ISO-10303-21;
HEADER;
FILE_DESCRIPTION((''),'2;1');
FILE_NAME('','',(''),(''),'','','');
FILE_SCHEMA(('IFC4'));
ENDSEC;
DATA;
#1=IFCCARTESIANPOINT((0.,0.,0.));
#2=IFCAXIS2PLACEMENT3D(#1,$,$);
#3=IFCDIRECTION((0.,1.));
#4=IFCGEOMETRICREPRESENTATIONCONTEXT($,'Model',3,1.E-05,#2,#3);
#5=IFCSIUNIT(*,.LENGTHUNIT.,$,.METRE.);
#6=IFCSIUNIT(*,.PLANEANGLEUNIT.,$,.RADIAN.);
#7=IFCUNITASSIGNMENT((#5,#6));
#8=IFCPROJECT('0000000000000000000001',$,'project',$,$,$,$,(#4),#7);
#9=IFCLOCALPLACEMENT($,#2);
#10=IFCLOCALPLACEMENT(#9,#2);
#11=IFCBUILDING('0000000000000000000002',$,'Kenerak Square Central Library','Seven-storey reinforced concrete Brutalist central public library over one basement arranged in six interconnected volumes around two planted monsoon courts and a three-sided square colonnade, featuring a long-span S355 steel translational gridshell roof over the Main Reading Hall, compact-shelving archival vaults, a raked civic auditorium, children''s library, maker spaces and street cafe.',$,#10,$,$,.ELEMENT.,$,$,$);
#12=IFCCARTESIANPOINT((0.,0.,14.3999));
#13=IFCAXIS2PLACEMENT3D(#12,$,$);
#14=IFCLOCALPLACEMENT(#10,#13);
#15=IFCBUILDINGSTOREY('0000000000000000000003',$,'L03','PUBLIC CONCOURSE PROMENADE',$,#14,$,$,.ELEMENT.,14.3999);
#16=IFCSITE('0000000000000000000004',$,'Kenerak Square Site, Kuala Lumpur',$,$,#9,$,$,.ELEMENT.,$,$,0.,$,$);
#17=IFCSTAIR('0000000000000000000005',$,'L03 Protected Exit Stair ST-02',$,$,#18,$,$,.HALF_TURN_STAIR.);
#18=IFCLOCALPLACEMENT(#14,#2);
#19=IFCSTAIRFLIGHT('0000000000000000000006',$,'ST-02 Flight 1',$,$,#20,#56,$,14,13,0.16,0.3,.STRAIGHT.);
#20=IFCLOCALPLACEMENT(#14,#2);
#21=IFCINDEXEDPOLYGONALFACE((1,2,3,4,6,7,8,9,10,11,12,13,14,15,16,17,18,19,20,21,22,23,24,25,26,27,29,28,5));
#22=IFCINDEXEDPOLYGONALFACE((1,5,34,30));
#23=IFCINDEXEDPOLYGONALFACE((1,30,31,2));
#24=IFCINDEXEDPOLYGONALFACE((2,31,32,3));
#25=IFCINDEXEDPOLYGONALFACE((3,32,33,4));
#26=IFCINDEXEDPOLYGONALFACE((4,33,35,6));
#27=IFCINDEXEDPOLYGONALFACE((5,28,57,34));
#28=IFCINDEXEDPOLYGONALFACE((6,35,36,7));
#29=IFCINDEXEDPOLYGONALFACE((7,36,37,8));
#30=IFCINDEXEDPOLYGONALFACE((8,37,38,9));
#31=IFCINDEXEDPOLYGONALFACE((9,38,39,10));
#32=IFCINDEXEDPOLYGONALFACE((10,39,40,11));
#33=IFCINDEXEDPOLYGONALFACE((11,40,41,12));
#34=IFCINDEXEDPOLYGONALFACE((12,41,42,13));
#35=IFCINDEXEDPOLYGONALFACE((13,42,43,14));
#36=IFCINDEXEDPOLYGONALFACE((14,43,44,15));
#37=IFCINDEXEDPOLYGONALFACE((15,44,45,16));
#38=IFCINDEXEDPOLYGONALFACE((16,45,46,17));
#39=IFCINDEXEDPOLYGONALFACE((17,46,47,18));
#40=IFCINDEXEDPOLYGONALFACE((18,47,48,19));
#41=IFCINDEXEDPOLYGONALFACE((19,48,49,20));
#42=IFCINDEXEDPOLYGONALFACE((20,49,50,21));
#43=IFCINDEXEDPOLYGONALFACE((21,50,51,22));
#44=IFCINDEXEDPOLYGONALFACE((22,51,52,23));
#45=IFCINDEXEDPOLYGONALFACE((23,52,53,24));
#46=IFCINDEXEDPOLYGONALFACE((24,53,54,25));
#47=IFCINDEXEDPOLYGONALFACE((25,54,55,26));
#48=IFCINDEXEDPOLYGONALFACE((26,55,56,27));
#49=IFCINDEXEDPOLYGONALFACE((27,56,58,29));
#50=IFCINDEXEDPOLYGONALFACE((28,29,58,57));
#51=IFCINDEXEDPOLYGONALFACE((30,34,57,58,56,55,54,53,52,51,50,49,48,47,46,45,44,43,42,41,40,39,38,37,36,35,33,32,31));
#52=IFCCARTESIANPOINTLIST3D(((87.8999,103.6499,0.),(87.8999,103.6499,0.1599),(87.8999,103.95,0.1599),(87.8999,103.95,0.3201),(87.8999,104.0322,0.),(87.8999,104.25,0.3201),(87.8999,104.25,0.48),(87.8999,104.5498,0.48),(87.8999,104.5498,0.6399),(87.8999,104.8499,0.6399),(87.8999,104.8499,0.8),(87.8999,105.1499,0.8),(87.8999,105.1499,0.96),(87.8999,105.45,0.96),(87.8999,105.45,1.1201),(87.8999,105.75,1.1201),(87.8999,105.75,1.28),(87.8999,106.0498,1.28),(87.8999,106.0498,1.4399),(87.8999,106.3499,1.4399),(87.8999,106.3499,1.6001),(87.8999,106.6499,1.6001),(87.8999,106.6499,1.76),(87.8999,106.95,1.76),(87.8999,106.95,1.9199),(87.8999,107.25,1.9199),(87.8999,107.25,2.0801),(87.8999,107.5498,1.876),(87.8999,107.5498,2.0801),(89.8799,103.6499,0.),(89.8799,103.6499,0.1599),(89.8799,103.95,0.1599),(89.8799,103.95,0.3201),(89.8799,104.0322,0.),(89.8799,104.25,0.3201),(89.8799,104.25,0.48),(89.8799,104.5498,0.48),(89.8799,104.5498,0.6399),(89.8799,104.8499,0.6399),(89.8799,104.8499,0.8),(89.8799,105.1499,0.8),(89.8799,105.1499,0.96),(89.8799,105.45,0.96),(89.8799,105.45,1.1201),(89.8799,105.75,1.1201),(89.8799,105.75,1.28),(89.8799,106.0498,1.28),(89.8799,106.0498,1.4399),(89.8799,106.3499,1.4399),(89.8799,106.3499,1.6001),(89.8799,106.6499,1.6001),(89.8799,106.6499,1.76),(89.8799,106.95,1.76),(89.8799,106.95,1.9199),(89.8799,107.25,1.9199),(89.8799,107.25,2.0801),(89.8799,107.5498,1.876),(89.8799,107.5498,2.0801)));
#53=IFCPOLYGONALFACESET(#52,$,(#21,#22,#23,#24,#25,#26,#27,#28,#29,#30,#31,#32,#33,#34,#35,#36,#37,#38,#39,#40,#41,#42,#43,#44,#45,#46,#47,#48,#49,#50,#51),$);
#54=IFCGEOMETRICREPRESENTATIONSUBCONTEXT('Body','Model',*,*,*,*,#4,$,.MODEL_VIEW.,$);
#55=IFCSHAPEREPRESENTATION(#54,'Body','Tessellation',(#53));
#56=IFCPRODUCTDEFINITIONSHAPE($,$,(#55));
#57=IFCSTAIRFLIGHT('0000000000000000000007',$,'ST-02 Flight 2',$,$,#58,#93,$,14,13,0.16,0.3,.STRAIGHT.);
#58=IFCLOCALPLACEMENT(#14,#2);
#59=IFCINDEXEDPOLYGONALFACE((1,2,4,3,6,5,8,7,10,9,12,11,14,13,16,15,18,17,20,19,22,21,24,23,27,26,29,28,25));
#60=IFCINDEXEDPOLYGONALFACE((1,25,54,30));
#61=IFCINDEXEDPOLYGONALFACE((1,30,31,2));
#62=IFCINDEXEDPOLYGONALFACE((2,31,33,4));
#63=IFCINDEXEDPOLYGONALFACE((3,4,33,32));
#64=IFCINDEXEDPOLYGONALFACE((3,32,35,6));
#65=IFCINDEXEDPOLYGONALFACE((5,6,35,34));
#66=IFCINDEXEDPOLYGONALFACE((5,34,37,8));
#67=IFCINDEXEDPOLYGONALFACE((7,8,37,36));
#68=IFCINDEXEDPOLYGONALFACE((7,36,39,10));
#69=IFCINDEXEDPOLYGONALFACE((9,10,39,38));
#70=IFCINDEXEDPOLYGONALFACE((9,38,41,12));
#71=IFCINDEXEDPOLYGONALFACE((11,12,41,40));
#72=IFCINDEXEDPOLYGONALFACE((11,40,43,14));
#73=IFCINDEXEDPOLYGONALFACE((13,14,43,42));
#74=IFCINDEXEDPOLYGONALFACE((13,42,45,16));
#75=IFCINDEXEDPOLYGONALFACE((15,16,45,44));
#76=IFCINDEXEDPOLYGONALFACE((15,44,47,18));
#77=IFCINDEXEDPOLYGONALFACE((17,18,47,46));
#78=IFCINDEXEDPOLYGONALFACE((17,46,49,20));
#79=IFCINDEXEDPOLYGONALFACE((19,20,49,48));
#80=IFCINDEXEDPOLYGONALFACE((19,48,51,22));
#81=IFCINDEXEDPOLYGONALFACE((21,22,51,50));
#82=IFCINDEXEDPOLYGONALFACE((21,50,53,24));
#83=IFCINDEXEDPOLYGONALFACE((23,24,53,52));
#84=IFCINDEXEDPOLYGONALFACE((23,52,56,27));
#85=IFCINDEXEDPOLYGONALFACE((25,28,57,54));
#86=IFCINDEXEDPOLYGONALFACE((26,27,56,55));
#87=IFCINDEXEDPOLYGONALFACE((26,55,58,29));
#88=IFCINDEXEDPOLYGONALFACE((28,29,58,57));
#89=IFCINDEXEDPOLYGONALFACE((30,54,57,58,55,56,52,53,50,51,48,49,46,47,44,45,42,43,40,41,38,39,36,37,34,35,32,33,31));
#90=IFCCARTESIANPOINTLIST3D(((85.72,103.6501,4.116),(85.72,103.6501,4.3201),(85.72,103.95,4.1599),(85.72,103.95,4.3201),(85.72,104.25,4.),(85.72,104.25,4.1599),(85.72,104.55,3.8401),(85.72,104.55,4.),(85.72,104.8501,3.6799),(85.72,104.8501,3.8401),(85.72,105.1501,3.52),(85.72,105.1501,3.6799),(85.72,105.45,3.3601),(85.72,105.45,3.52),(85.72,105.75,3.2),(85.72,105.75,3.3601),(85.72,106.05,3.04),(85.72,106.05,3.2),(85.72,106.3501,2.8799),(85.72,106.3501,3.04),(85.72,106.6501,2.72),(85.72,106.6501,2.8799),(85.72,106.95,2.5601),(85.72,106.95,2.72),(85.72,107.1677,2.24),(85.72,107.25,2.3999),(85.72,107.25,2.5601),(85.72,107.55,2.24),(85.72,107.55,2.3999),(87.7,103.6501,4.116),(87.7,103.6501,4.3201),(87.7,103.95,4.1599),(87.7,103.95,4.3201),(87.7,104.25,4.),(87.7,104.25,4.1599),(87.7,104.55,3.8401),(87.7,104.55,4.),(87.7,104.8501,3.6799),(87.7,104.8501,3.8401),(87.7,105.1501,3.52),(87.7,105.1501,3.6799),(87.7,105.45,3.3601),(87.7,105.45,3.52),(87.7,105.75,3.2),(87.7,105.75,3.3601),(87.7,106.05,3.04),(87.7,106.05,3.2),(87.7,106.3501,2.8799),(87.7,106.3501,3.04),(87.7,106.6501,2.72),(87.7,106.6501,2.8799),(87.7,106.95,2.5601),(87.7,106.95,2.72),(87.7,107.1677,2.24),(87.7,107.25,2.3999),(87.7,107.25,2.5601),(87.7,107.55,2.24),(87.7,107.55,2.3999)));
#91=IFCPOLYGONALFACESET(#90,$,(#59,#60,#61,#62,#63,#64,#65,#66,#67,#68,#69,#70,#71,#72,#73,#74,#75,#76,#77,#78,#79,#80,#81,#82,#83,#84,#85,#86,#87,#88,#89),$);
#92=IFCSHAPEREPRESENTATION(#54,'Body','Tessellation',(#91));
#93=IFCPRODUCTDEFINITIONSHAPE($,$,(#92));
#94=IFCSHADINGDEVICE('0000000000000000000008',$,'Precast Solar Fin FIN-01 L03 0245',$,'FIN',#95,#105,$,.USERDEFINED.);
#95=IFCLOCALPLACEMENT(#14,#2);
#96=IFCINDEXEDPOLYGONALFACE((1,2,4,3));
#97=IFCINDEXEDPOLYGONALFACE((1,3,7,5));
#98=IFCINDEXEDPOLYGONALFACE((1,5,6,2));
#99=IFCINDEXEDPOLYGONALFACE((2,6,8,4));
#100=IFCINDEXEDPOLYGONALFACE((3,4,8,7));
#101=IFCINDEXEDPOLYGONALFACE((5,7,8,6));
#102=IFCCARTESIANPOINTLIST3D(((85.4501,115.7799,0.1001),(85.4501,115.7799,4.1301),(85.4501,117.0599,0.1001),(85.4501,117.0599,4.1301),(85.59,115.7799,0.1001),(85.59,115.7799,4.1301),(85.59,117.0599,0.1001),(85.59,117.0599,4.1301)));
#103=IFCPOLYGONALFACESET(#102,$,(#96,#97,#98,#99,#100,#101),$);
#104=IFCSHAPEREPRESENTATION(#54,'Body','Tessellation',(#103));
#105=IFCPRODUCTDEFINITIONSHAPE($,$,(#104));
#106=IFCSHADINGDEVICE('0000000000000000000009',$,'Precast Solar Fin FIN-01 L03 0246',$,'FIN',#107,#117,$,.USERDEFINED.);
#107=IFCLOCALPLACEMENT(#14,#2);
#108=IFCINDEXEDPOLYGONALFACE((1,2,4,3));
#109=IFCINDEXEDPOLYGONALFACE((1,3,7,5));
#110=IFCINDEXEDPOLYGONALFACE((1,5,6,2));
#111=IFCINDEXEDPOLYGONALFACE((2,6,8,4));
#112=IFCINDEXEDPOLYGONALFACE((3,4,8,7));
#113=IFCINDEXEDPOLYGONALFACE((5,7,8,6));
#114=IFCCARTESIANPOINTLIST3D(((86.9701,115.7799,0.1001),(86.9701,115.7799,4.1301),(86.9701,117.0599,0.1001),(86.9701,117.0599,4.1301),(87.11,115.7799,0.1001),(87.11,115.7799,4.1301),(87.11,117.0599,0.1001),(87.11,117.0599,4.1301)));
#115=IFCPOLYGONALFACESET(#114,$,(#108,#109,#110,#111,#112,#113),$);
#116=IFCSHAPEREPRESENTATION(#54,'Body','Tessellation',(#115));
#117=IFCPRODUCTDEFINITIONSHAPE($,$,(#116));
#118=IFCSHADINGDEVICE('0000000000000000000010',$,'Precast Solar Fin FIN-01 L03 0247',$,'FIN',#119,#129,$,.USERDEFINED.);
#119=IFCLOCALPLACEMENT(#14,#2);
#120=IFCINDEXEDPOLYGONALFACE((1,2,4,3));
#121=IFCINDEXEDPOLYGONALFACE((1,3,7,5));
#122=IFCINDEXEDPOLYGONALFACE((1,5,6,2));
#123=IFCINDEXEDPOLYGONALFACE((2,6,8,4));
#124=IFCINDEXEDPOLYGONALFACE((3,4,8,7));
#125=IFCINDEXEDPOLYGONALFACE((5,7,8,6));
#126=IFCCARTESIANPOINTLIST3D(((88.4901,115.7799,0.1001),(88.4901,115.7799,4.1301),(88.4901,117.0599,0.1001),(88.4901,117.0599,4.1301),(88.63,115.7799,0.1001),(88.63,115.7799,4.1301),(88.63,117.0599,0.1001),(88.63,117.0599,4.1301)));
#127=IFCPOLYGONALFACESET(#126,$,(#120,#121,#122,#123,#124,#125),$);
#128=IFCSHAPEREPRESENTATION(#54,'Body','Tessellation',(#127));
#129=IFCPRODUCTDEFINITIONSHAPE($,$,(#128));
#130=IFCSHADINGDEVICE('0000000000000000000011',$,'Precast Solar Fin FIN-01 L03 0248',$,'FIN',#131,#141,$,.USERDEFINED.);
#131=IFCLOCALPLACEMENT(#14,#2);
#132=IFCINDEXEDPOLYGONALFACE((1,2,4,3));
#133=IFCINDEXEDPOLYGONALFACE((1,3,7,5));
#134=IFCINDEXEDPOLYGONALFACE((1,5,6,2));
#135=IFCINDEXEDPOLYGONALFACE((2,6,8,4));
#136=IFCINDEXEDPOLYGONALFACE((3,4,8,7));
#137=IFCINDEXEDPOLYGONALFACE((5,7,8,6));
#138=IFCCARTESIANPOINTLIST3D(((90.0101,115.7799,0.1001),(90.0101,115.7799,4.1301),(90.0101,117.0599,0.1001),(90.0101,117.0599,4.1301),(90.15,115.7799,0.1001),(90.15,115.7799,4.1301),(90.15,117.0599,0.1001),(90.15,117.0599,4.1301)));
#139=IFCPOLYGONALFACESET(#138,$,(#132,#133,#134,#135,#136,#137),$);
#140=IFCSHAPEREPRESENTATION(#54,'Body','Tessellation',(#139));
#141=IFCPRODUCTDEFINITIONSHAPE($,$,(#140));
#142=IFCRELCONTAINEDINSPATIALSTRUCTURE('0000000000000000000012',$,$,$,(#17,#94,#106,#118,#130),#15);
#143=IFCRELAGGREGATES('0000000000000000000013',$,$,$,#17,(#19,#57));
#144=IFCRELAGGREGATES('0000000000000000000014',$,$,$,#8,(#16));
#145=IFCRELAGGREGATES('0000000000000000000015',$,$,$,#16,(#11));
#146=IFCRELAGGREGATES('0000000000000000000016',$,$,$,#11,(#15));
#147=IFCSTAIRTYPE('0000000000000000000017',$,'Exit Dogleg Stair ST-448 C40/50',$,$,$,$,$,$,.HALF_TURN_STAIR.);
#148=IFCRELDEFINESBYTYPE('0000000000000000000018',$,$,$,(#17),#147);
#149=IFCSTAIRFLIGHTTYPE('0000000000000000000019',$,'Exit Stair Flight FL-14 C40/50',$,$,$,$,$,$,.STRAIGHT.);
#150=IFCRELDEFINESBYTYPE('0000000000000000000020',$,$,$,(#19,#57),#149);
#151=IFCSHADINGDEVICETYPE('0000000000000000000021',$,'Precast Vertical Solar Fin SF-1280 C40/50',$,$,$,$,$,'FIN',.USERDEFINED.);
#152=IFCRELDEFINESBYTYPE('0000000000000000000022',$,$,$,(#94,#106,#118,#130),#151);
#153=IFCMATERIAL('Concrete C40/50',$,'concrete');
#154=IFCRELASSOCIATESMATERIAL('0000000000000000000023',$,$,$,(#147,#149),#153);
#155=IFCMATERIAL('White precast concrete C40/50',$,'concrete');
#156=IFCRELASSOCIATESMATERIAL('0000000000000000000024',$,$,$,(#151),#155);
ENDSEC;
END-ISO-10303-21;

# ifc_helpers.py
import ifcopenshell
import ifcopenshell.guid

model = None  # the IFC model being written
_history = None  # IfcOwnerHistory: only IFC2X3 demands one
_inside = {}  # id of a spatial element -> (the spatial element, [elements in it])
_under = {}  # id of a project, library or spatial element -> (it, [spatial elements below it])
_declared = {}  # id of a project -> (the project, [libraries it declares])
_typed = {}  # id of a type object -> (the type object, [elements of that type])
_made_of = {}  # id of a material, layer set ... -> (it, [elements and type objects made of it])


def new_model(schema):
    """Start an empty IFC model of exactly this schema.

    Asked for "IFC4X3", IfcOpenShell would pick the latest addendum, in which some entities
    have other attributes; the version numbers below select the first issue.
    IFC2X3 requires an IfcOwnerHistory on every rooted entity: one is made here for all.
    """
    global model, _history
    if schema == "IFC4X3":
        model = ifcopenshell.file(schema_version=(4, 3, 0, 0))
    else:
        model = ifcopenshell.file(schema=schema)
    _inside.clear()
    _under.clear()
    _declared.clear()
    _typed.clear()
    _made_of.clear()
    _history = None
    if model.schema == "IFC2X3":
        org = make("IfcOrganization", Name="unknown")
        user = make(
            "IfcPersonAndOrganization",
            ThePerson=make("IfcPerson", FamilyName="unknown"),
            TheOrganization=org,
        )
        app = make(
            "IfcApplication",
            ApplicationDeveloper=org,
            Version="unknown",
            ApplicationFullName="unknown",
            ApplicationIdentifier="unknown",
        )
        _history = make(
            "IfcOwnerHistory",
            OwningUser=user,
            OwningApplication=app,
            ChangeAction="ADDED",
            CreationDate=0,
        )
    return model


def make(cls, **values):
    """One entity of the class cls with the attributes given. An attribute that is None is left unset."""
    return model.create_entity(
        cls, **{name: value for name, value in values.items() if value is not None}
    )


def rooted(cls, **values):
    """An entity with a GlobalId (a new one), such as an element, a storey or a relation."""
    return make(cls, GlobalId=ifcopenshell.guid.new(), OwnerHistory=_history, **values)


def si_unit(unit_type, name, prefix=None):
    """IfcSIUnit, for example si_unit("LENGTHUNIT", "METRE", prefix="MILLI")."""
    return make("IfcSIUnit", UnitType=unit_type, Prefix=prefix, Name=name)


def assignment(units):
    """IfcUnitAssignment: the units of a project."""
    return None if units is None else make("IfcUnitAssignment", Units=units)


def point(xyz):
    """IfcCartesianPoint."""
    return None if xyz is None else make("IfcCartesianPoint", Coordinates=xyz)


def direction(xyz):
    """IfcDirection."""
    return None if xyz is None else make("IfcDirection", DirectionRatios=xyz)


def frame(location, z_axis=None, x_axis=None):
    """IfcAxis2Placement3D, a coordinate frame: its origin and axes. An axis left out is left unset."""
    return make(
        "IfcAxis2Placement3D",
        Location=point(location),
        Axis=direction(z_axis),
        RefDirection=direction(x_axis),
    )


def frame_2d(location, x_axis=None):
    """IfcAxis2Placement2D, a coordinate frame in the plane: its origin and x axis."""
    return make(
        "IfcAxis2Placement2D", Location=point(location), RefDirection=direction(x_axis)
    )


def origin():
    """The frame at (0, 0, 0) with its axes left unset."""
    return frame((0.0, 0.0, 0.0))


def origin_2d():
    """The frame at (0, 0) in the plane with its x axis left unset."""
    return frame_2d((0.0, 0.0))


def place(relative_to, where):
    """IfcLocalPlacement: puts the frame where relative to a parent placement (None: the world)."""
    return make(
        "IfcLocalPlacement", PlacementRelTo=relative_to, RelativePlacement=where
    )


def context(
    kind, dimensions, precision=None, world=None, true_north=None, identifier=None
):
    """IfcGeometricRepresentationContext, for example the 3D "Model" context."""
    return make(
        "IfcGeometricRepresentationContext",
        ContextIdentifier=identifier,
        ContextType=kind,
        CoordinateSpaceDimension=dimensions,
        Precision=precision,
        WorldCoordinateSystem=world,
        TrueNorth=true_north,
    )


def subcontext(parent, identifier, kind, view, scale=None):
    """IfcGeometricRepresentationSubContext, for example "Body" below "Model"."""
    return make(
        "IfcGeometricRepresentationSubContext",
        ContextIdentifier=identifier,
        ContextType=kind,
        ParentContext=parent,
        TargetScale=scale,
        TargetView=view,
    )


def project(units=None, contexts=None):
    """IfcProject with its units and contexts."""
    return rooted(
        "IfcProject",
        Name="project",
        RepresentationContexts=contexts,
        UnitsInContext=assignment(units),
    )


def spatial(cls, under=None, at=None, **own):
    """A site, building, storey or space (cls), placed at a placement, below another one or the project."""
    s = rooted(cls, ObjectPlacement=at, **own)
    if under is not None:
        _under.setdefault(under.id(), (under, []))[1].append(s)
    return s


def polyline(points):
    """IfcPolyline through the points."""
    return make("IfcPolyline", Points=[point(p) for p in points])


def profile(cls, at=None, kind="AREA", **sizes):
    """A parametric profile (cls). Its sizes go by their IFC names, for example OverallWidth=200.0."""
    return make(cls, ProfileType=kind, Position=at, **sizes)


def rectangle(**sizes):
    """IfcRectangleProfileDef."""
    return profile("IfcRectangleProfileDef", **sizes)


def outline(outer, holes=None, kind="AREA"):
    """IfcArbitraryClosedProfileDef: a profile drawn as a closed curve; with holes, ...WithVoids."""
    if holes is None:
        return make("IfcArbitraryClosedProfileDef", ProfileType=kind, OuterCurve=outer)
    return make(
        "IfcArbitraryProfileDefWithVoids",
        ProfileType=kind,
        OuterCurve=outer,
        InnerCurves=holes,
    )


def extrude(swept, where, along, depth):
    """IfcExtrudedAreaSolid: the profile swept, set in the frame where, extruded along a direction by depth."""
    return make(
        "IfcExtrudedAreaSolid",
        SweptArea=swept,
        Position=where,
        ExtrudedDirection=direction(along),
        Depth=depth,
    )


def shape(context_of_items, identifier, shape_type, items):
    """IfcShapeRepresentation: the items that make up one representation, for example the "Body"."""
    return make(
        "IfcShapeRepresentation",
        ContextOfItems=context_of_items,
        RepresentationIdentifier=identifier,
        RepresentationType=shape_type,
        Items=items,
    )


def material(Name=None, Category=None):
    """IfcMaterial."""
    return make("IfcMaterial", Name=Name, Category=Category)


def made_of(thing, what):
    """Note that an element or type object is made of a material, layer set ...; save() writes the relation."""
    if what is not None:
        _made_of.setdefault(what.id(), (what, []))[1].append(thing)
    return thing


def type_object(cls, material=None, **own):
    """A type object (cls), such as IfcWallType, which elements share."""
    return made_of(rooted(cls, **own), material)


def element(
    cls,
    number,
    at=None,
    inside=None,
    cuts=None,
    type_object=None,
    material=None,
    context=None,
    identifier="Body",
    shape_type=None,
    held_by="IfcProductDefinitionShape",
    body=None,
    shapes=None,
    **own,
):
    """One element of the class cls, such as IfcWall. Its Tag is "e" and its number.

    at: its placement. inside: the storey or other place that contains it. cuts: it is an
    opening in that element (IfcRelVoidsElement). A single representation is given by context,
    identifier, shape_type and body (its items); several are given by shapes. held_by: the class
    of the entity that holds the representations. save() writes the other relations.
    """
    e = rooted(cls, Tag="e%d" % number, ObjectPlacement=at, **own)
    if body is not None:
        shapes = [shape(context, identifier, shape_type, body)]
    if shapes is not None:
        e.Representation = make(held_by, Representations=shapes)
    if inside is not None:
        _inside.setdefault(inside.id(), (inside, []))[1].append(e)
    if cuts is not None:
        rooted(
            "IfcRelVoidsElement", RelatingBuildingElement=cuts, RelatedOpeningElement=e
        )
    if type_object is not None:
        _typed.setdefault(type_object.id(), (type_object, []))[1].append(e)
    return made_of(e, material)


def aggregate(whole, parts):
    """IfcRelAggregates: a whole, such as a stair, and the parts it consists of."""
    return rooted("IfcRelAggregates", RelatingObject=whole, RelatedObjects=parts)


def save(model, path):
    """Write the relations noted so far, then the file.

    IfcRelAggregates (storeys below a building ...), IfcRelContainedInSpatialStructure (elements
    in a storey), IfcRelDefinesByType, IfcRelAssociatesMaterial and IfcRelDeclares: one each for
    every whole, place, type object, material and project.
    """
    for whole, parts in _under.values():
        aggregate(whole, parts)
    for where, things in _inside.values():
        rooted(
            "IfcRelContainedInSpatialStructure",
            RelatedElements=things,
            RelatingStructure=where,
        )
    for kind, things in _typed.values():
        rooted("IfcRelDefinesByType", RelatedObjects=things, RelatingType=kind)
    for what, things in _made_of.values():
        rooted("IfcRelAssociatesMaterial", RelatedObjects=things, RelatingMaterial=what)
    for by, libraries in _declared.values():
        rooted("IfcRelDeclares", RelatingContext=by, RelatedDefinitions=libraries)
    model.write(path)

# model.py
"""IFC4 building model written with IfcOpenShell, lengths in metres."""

from ifc_helpers import new_model, si_unit, direction, frame, origin, origin_2d, place, context, subcontext, project, spatial, polyline, rectangle, outline, extrude, material, type_object, element, aggregate, save


model = new_model("IFC4")

# Units and contexts
model_context = context("Model", 3, precision=1e-05, world=origin(), true_north=direction((0.0, 1.0)))
body_context = subcontext(model_context, "Body", "Model", "MODEL_VIEW")
ifc_project = project(units=[si_unit("LENGTHUNIT", "METRE"), si_unit("PLANEANGLEUNIT", "RADIAN")], contexts=[model_context])

# Site, building, storey
site_placement = place(None, origin())
site = spatial("IfcSite", under=ifc_project, at=site_placement, Name="Kenerak Square Site, Kuala Lumpur", CompositionType="ELEMENT", RefElevation=0.0)
building_placement = place(site_placement, origin())
building = spatial("IfcBuilding", under=site, at=building_placement, Name="Kenerak Square Central Library", Description="Seven-storey reinforced concrete Brutalist central public library over one basement arranged in six interconnected volumes around two planted monsoon courts and a three-sided square colonnade, featuring a long-span S355 steel translational gridshell roof over the Main Reading Hall, compact-shelving archival vaults, a raked civic auditorium, children's library, maker spaces and street cafe.", CompositionType="ELEMENT")
storey_placement = place(building_placement, frame((0.0, 0.0, 14.3999)))
storey = spatial("IfcBuildingStorey", under=building, at=storey_placement, Name="L03", Description="PUBLIC CONCOURSE PROMENADE", CompositionType="ELEMENT", Elevation=14.3999)

# Shared definitions
ifc_material_1 = material(Name="Concrete C40/50", Category="concrete")

# Stair, stair flights
stair_type = type_object("IfcStairType", Name="Exit Dogleg Stair ST-448 C40/50", PredefinedType="HALF_TURN_STAIR", material=ifc_material_1)
stair_placement = place(storey_placement, origin())
stair = element("IfcStair", 1, at=stair_placement, inside=storey, type_object=stair_type, Name="L03 Protected Exit Stair ST-02", PredefinedType="HALF_TURN_STAIR")
stair_flight_type = type_object("IfcStairFlightType", Name="Exit Stair Flight FL-14 C40/50", PredefinedType="STRAIGHT", material=ifc_material_1)
stair_flight_1_placement = place(storey_placement, frame((88.8899, 103.6499, 0.0), z_axis=(0.0, 0.0, 1.0), x_axis=(0.0, 1.0, 0.0)))
stair_flight_1 = element("IfcStairFlight", 2, at=stair_flight_1_placement, type_object=stair_flight_type, Name="ST-02 Flight 1", NumberOfRisers=14, NumberOfTreads=13, PredefinedType="STRAIGHT", RiserHeight=0.16, TreadLength=0.3, context=body_context, shape_type="SweptSolid", body=[
    extrude(outline(polyline([(0.0, 0.0), (0.0, 0.1599), (0.3, 0.1599), (0.3, 0.3201), (0.6001, 0.3201), (0.6001, 0.48), (0.8999, 0.48), (0.8999, 0.6399), (1.2, 0.6399), (1.2, 0.8), (1.5, 0.8), (1.5, 0.96), (1.8, 0.96), (1.8, 1.1201), (2.1001, 1.1201), (2.1001, 1.28), (2.3999, 1.28), (2.3999, 1.4399), (2.7, 1.4399), (2.7, 1.6001), (3.0, 1.6001), (3.0, 1.76), (3.3, 1.76), (3.3, 1.9199), (3.6001, 1.9199), (3.6001, 2.0801), (3.8999, 2.0801), (3.8999, 2.24), (3.8999, 1.876), (0.3823, 0.0), (0.0, 0.0)])), frame((0.0, 0.99, 0.0), z_axis=(0.0, -1.0, 0.0), x_axis=(1.0, 0.0, 0.0)), (0.0, 0.0, 1.0), 1.98),
])
stair_flight_2_placement = place(storey_placement, frame((86.71, 107.55, 2.24), z_axis=(0.0, 0.0, 1.0), x_axis=(0.0, -1.0, 0.0)))
stair_flight_2 = element("IfcStairFlight", 3, at=stair_flight_2_placement, type_object=stair_flight_type, Name="ST-02 Flight 2", NumberOfRisers=14, NumberOfTreads=13, PredefinedType="STRAIGHT", RiserHeight=0.16, TreadLength=0.3, context=body_context, shape_type="SweptSolid", body=[
    extrude(outline(polyline([(0.0, 0.0), (0.0, 0.1599), (0.3, 0.1599), (0.3, 0.3201), (0.6001, 0.3201), (0.6001, 0.48), (0.8999, 0.48), (0.8999, 0.6399), (1.2, 0.6399), (1.2, 0.8), (1.5, 0.8), (1.5, 0.96), (1.8, 0.96), (1.8, 1.1201), (2.1001, 1.1201), (2.1001, 1.28), (2.3999, 1.28), (2.3999, 1.4399), (2.7, 1.4399), (2.7, 1.6001), (3.0, 1.6001), (3.0, 1.76), (3.3, 1.76), (3.3, 1.9199), (3.6001, 1.9199), (3.6001, 2.0801), (3.8999, 2.0801), (3.8999, 2.24), (3.8999, 1.876), (0.3823, 0.0), (0.0, 0.0)])), frame((0.0, 0.99, 0.0), z_axis=(0.0, -1.0, 0.0), x_axis=(1.0, 0.0, 0.0)), (0.0, 0.0, 1.0), 1.98),
])
aggregate(stair, [stair_flight_1, stair_flight_2])

# Shading devices
ifc_material_2 = material(Name="White precast concrete C40/50", Category="concrete")
shading_device_type = type_object("IfcShadingDeviceType", Name="Precast Vertical Solar Fin SF-1280 C40/50", ElementType="FIN", PredefinedType="USERDEFINED", material=ifc_material_2)
for number, where, z_axis, x_axis, name in (
    (4, (85.52, 116.4199, 0.1001), (0.0, 0.0, 1.0), (1.0, 0.0, 0.0), "Precast Solar Fin FIN-01 L03 0245"),
    (5, (87.04, 116.4199, 0.1001), (0.0, 0.0, 1.0), (1.0, 0.0, 0.0), "Precast Solar Fin FIN-01 L03 0246"),
    (6, (88.5601, 116.4199, 0.1001), (0.0, 0.0, 1.0), (1.0, 0.0, 0.0), "Precast Solar Fin FIN-01 L03 0247"),
    (7, (90.0801, 116.4199, 0.1001), (0.0, 0.0, 1.0), (1.0, 0.0, 0.0), "Precast Solar Fin FIN-01 L03 0248"),
):
    element("IfcShadingDevice", number, at=place(storey_placement, frame(where, z_axis=z_axis, x_axis=x_axis)), inside=storey, type_object=shading_device_type, Name=name, ObjectType="FIN", PredefinedType="USERDEFINED", context=body_context, shape_type="SweptSolid", body=[
        extrude(rectangle(XDim=0.1399, YDim=1.28, at=origin_2d()), origin(), (0.0, 0.0, 1.0), 4.03),
    ])

save(model, "model.ifc")
